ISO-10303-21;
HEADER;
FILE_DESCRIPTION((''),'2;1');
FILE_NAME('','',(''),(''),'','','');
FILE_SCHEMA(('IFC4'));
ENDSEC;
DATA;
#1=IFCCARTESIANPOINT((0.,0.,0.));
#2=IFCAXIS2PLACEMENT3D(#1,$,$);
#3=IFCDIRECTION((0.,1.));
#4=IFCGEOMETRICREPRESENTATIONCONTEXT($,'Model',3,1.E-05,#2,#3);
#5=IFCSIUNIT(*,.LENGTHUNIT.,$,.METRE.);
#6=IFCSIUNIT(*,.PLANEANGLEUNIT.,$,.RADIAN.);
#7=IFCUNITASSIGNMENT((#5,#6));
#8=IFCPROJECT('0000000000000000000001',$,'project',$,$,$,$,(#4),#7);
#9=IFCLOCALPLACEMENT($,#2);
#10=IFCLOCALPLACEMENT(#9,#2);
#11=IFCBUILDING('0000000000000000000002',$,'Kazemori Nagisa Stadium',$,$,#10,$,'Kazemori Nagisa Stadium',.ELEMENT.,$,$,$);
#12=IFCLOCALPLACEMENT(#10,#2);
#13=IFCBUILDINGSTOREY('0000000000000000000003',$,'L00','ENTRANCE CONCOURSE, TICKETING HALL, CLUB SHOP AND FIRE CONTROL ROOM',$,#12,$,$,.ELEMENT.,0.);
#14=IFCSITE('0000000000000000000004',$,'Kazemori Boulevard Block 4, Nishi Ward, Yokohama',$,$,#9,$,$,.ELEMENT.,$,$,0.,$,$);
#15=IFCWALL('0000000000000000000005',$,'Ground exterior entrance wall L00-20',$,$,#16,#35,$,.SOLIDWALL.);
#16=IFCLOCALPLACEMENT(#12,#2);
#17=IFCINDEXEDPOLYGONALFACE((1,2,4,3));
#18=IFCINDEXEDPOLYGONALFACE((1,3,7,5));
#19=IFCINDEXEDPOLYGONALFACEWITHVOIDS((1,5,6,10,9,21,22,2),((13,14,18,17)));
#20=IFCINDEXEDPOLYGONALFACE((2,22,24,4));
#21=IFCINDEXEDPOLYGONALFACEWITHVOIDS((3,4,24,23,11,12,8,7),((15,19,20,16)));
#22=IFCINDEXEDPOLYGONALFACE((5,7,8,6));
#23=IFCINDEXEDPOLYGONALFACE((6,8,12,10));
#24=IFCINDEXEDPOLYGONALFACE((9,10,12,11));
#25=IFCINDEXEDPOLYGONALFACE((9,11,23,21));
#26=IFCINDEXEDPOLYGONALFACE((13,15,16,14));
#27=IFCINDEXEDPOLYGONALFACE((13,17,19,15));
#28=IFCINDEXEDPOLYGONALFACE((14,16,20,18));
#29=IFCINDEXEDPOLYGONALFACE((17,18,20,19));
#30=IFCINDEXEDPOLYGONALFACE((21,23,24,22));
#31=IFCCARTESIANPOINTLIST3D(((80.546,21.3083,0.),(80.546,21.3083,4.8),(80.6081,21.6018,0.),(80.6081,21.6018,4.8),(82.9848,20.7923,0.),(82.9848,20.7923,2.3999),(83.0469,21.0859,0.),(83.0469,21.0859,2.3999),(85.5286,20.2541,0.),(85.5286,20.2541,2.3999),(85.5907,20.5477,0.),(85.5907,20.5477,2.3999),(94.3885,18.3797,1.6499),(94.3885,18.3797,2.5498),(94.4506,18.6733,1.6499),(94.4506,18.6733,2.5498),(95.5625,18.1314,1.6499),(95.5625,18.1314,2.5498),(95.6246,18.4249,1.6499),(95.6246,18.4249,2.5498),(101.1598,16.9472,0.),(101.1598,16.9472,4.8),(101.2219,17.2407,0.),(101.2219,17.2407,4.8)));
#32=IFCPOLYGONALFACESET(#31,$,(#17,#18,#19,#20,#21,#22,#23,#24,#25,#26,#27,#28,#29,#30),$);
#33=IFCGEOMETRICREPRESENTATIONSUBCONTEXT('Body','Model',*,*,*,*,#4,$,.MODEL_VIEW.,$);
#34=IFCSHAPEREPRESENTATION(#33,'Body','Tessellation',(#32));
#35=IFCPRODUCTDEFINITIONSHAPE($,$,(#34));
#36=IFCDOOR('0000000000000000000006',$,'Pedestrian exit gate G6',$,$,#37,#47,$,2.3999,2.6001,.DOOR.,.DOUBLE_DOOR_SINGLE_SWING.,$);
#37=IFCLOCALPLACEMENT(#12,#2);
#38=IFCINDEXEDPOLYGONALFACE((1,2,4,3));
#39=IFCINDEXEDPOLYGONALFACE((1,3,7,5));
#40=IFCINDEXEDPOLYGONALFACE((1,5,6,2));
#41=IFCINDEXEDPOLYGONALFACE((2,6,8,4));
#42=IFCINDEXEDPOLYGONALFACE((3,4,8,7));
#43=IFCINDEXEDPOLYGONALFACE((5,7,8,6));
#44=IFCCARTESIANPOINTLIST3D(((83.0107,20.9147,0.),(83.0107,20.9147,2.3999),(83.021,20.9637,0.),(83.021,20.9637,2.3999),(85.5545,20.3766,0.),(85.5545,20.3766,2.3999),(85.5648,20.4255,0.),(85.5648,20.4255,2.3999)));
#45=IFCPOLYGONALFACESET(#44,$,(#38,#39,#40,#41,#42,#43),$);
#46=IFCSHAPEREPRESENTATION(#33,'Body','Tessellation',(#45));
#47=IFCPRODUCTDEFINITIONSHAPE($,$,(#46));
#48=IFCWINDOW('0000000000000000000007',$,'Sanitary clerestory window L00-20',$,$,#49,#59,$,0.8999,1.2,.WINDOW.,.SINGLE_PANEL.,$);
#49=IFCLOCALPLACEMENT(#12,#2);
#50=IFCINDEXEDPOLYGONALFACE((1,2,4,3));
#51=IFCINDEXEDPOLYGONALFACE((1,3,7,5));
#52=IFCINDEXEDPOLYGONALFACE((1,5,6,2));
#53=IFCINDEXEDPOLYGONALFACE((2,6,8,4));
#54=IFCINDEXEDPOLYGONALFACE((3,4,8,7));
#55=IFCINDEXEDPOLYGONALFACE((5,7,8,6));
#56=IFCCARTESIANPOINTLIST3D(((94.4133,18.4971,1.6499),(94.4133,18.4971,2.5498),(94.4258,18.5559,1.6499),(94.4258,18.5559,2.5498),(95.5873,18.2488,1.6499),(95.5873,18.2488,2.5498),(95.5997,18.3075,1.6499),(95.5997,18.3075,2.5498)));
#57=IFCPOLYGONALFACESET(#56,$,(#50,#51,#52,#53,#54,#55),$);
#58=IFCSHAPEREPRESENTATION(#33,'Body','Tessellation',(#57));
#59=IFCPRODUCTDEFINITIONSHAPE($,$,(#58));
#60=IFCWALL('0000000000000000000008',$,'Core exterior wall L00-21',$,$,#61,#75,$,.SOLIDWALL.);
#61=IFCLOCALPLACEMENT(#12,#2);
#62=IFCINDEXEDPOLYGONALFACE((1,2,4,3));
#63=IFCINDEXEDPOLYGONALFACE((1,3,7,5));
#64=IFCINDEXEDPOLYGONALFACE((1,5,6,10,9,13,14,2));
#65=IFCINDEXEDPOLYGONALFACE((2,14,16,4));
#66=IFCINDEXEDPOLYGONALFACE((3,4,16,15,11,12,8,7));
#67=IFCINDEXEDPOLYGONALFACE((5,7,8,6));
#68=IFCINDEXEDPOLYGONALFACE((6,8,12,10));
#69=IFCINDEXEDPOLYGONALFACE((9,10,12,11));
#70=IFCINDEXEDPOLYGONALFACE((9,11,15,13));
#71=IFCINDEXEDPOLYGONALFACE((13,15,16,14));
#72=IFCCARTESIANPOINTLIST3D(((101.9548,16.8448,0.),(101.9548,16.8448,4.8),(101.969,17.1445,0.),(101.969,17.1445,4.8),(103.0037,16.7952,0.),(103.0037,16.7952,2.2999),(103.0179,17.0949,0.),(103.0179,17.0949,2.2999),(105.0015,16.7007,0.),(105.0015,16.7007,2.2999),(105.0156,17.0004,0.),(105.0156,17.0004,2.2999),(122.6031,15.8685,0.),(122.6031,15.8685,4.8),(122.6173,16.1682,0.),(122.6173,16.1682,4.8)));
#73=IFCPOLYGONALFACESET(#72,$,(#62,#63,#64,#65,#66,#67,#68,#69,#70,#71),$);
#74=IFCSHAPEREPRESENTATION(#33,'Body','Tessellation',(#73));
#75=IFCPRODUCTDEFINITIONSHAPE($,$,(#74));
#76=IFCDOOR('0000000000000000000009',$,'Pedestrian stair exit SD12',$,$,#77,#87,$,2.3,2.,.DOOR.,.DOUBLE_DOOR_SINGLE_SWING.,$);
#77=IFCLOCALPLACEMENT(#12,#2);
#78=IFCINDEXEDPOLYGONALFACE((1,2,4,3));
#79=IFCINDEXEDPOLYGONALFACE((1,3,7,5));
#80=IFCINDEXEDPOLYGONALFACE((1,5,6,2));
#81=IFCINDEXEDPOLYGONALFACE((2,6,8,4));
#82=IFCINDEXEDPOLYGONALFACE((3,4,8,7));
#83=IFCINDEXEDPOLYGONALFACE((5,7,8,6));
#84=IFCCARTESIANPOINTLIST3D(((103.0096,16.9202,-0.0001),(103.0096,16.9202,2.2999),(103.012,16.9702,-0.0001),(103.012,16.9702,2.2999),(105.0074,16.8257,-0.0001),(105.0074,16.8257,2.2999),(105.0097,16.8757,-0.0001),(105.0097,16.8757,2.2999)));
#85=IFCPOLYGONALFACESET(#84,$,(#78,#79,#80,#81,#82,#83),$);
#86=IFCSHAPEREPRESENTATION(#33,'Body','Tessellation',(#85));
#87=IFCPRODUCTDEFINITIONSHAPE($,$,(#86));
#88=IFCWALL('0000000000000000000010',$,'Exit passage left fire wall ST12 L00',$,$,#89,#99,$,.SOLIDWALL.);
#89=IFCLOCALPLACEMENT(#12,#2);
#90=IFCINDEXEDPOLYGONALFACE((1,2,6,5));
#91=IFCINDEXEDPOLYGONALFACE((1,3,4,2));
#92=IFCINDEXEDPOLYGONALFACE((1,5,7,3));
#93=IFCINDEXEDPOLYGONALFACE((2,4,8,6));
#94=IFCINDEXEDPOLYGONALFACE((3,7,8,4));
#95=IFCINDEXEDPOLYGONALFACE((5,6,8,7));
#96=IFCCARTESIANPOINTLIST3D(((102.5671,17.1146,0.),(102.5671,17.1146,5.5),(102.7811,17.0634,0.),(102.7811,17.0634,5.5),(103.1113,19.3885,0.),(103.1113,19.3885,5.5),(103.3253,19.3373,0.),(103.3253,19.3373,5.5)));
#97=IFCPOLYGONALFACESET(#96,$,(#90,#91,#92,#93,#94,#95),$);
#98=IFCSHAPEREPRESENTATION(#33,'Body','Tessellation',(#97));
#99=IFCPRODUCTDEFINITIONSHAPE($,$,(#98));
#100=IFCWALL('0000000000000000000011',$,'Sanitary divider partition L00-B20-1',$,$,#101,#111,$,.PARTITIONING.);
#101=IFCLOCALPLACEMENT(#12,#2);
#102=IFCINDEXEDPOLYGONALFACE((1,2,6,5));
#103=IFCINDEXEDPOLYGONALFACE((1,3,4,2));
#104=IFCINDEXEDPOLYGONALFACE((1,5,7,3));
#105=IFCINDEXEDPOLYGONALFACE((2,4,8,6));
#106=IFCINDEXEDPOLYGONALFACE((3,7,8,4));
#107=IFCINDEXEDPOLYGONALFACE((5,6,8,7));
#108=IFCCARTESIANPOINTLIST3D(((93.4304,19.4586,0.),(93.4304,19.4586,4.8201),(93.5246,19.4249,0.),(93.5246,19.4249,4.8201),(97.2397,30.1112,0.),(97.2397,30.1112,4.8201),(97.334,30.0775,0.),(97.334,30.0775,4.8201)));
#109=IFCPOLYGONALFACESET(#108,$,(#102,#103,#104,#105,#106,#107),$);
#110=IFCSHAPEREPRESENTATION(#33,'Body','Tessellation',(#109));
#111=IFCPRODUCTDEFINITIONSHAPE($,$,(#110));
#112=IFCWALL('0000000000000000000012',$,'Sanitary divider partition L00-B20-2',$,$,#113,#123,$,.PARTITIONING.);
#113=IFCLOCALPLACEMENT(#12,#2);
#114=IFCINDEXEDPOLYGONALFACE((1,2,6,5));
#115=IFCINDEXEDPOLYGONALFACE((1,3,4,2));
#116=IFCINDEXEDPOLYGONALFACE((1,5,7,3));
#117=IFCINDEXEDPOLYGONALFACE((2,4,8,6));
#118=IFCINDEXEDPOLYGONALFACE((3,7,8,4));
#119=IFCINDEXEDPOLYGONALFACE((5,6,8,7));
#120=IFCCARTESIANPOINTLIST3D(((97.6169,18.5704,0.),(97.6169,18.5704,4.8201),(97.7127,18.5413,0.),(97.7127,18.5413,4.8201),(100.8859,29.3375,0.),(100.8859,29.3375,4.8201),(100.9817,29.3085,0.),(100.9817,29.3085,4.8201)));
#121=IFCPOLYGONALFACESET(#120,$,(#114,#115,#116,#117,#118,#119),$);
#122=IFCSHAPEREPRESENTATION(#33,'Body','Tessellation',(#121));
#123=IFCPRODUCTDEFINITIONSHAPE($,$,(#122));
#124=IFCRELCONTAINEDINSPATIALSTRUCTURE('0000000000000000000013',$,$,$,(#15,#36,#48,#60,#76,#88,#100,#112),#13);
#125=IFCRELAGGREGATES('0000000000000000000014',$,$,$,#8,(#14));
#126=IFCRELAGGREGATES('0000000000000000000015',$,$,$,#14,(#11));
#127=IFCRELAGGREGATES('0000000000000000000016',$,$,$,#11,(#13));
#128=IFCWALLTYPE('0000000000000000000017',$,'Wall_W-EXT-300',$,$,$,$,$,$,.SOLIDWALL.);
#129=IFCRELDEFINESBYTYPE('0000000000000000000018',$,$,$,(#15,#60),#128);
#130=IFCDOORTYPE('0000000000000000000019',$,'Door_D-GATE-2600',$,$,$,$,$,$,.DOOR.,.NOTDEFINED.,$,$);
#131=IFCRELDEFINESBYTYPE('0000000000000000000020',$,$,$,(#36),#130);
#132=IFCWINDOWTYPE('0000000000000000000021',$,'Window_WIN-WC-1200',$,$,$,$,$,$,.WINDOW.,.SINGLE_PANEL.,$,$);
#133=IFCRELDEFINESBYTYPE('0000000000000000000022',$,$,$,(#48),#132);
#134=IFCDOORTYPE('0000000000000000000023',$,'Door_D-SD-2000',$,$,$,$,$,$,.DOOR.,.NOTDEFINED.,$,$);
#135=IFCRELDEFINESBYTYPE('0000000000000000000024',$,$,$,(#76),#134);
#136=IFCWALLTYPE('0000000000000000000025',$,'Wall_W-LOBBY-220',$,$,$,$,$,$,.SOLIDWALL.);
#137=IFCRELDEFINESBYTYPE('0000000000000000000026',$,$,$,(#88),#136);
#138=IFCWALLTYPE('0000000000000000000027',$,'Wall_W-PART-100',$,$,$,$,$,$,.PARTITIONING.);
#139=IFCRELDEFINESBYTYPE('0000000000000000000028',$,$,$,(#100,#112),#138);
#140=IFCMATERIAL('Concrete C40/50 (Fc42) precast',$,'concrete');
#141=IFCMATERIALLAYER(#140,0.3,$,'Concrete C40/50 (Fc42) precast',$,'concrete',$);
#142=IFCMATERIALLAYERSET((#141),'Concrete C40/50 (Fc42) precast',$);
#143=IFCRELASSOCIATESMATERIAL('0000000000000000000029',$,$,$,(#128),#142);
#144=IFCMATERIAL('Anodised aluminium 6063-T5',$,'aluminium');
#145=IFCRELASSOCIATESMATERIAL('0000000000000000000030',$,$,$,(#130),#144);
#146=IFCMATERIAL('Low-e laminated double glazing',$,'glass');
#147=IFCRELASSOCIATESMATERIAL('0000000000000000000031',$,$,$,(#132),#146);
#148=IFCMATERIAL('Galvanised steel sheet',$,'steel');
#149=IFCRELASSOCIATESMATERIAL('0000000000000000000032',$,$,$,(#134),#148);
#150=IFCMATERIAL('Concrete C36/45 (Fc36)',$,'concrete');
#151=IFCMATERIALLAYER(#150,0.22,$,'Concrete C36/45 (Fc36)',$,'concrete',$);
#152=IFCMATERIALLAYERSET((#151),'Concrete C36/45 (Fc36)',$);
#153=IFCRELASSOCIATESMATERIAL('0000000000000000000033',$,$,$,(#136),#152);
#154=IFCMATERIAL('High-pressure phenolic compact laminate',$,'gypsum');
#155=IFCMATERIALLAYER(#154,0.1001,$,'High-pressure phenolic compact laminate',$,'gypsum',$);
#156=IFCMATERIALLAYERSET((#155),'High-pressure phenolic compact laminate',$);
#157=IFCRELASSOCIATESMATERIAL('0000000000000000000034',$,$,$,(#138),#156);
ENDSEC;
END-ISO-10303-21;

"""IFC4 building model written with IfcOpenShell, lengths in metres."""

from ifc_helpers import new_model, si_unit, direction, frame, frame_2d, origin, place, context, subcontext, project, spatial, rectangle, extrude, material, layer, layer_set, type_object, element, fill, save


model = new_model("IFC4")

# Units and contexts
model_context = context("Model", 3, precision=1e-05, world=origin(), true_north=direction((0.0, 1.0)))
body_context = subcontext(model_context, "Body", "Model", "MODEL_VIEW")
ifc_project = project(units=[si_unit("LENGTHUNIT", "METRE"), si_unit("PLANEANGLEUNIT", "RADIAN")], contexts=[model_context])

# Site, building, storey
site_placement = place(None, origin())
site = spatial("IfcSite", under=ifc_project, at=site_placement, Name="Kazemori Boulevard Block 4, Nishi Ward, Yokohama", CompositionType="ELEMENT", RefElevation=0.0)
building_placement = place(site_placement, origin())
building = spatial("IfcBuilding", under=site, at=building_placement, Name="Kazemori Nagisa Stadium", LongName="Kazemori Nagisa Stadium", CompositionType="ELEMENT")
storey_placement = place(building_placement, origin())
storey = spatial("IfcBuildingStorey", under=building, at=storey_placement, Name="L00", Description="ENTRANCE CONCOURSE, TICKETING HALL, CLUB SHOP AND FIRE CONTROL ROOM", CompositionType="ELEMENT", Elevation=0.0)

# Shared definitions
ifc_material_1 = material(Name="Galvanised steel sheet", Category="steel")

# Wall, openings, door, window
ifc_material_2 = material(Name="Concrete C40/50 (Fc42) precast", Category="concrete")
ifc_layer_1 = layer(ifc_material_2, 0.3, Name="Concrete C40/50 (Fc42) precast", Category="concrete")
ifc_layer_set_1 = layer_set([ifc_layer_1], Name="Concrete C40/50 (Fc42) precast")
wall_type_1 = type_object("IfcWallType", Name="Wall_W-EXT-300", PredefinedType="SOLIDWALL", material=ifc_layer_set_1)
wall_1_placement = place(storey_placement, frame((80.5769, 21.4551, 0.0), z_axis=(0.0, 0.0, 1.0), x_axis=(0.978345, -0.20698, 0.0)))
wall_1 = element("IfcWall", 1, at=wall_1_placement, inside=storey, type_object=wall_type_1, Name="Ground exterior entrance wall L00-20", PredefinedType="SOLIDWALL", context=body_context, shape_type="SweptSolid", body=[
    extrude(rectangle(XDim=21.0701, YDim=0.3, at=frame_2d((10.5352, 0.0))), origin(), (0.0, 0.0, 1.0), 4.8),
])
opening_1_placement = place(wall_1_placement, frame((2.4929, 0.0, 0.0)))
opening_1 = element("IfcOpeningElement", 2, at=opening_1_placement, cuts=wall_1, PredefinedType="OPENING", context=body_context, shape_type="SweptSolid", body=[
    extrude(rectangle(XDim=2.6001, YDim=2.3999, at=frame_2d((1.3, 1.2))), frame((0.0, 0.1599, 0.0), z_axis=(0.0, -1.0, 0.0), x_axis=(1.0, 0.0, 0.0)), (0.0, 0.0, 1.0), 0.3201),
])
opening_2_placement = place(wall_1_placement, frame((14.1489, 0.0, 1.6499)))
opening_2 = element("IfcOpeningElement", 3, at=opening_2_placement, cuts=wall_1, PredefinedType="OPENING", context=body_context, shape_type="SweptSolid", body=[
    extrude(rectangle(XDim=1.2, YDim=0.8999, at=frame_2d((0.6001, 0.45))), frame((0.0, 0.1599, 0.0), z_axis=(0.0, -1.0, 0.0), x_axis=(1.0, 0.0, 0.0)), (0.0, 0.0, 1.0), 0.3201),
])
ifc_material_3 = material(Name="Anodised aluminium 6063-T5", Category="aluminium")
door_type_1 = type_object("IfcDoorType", Name="Door_D-GATE-2600", OperationType="NOTDEFINED", PredefinedType="DOOR", material=ifc_material_3)
door_1_placement = place(opening_1_placement, frame((2.6001, 0.0, 0.0), z_axis=(0.0, 0.0, 1.0), x_axis=(-1.0, 0.0, 0.0)))
door_1 = element("IfcDoor", 4, at=door_1_placement, inside=storey, type_object=door_type_1, Name="Pedestrian exit gate G6", OperationType="DOUBLE_DOOR_SINGLE_SWING", OverallHeight=2.3999, OverallWidth=2.6001, PredefinedType="DOOR", context=body_context, shape_type="SweptSolid", body=[
    extrude(rectangle(XDim=2.6001, YDim=2.3999, at=frame_2d((1.3, 1.2))), frame((0.0, 0.0249, 0.0), z_axis=(0.0, -1.0, 0.0), x_axis=(1.0, 0.0, 0.0)), (0.0, 0.0, 1.0), 0.05),
])
fill(opening_1, door_1)
ifc_material_4 = material(Name="Low-e laminated double glazing", Category="glass")
window_type = type_object("IfcWindowType", Name="Window_WIN-WC-1200", PartitioningType="SINGLE_PANEL", PredefinedType="WINDOW", material=ifc_material_4)
window_placement = place(opening_2_placement, origin())
window = element("IfcWindow", 5, at=window_placement, inside=storey, type_object=window_type, Name="Sanitary clerestory window L00-20", OverallHeight=0.8999, OverallWidth=1.2, PartitioningType="SINGLE_PANEL", PredefinedType="WINDOW", context=body_context, shape_type="SweptSolid", body=[
    extrude(rectangle(XDim=1.2, YDim=0.8999, at=frame_2d((0.6001, 0.45))), frame((0.0, 0.03, 0.0), z_axis=(0.0, -1.0, 0.0), x_axis=(1.0, 0.0, 0.0)), (0.0, 0.0, 1.0), 0.0601),
])
fill(opening_2, window)

# Wall, opening, door
wall_2_placement = place(storey_placement, frame((101.9619, 16.9946, 0.0), z_axis=(0.0, 0.0, 1.0), x_axis=(0.998884, -0.04723, 0.0)))
wall_2 = element("IfcWall", 6, at=wall_2_placement, inside=storey, type_object=wall_type_1, Name="Core exterior wall L00-21", PredefinedType="SOLIDWALL", context=body_context, shape_type="SweptSolid", body=[
    extrude(rectangle(XDim=20.6714, YDim=0.3, at=frame_2d((10.3357, 0.0))), origin(), (0.0, 0.0, 1.0), 4.8),
])
opening_3_placement = place(wall_2_placement, frame((1.05, 0.0, 0.0)))
opening_3 = element("IfcOpeningElement", 7, at=opening_3_placement, cuts=wall_2, PredefinedType="OPENING", context=body_context, shape_type="SweptSolid", body=[
    extrude(rectangle(XDim=2.0, YDim=2.3, at=frame_2d((1.0, 1.1499))), frame((0.0, 0.1599, 0.0), z_axis=(0.0, -1.0, 0.0), x_axis=(1.0, 0.0, 0.0)), (0.0, 0.0, 1.0), 0.3201),
])
door_type_2 = type_object("IfcDoorType", Name="Door_D-SD-2000", OperationType="NOTDEFINED", PredefinedType="DOOR", material=ifc_material_1)
door_2_placement = place(opening_3_placement, frame((2.0, 0.0, 0.0), z_axis=(0.0, 0.0, 1.0), x_axis=(-1.0, 0.0, 0.0)))
door_2 = element("IfcDoor", 8, at=door_2_placement, inside=storey, type_object=door_type_2, Name="Pedestrian stair exit SD12", OperationType="DOUBLE_DOOR_SINGLE_SWING", OverallHeight=2.3, OverallWidth=2.0, PredefinedType="DOOR", context=body_context, shape_type="SweptSolid", body=[
    extrude(rectangle(XDim=2.0, YDim=2.3, at=frame_2d((1.0, 1.1499))), frame((0.0, 0.0249, 0.0), z_axis=(0.0, -1.0, 0.0), x_axis=(1.0, 0.0, 0.0)), (0.0, 0.0, 1.0), 0.05),
])
fill(opening_3, door_2)

# Walls
ifc_material_5 = material(Name="Concrete C36/45 (Fc36)", Category="concrete")
ifc_layer_2 = layer(ifc_material_5, 0.22, Name="Concrete C36/45 (Fc36)", Category="concrete")
ifc_layer_set_2 = layer_set([ifc_layer_2], Name="Concrete C36/45 (Fc36)")
wall_type_2 = type_object("IfcWallType", Name="Wall_W-LOBBY-220", PredefinedType="SOLIDWALL", material=ifc_layer_set_2)
wall_3_placement = place(storey_placement, frame((103.2183, 19.3628, 0.0), z_axis=(0.0, 0.0, 1.0), x_axis=(-0.232745, -0.972538, 0.0)))
element("IfcWall", 9, at=wall_3_placement, inside=storey, type_object=wall_type_2, Name="Exit passage left fire wall ST12 L00", PredefinedType="SOLIDWALL", context=body_context, shape_type="SweptSolid", body=[
    extrude(rectangle(XDim=2.3381, YDim=0.22, at=frame_2d((1.1689, 0.0))), origin(), (0.0, 0.0, 1.0), 5.5),
])
ifc_material_6 = material(Name="High-pressure phenolic compact laminate", Category="gypsum")
ifc_layer_3 = layer(ifc_material_6, 0.1001, Name="High-pressure phenolic compact laminate", Category="gypsum")
ifc_layer_set_3 = layer_set([ifc_layer_3], Name="High-pressure phenolic compact laminate")
wall_type_3 = type_object("IfcWallType", Name="Wall_W-PART-100", PredefinedType="PARTITIONING", material=ifc_layer_set_3)
wall_4_placement = place(storey_placement, frame((97.2869, 30.0945, 0.0), z_axis=(0.0, 0.0, 1.0), x_axis=(-0.336715, -0.941607, 0.0)))
element("IfcWall", 10, at=wall_4_placement, inside=storey, type_object=wall_type_3, Name="Sanitary divider partition L00-B20-1", PredefinedType="PARTITIONING", context=body_context, shape_type="SweptSolid", body=[
    extrude(rectangle(XDim=11.3132, YDim=0.1001, at=frame_2d((5.6567, 0.0))), origin(), (0.0, 0.0, 1.0), 4.8201),
])
wall_5_placement = place(storey_placement, frame((100.9338, 29.323, 0.0), z_axis=(0.0, 0.0, 1.0), x_axis=(-0.290519, -0.956869, 0.0)))
element("IfcWall", 11, at=wall_5_placement, inside=storey, type_object=wall_type_3, Name="Sanitary divider partition L00-B20-2", PredefinedType="PARTITIONING", context=body_context, shape_type="SweptSolid", body=[
    extrude(rectangle(XDim=11.2524, YDim=0.1001, at=frame_2d((5.6262, 0.0))), origin(), (0.0, 0.0, 1.0), 4.8201),
])

save(model, "model.ifc")
